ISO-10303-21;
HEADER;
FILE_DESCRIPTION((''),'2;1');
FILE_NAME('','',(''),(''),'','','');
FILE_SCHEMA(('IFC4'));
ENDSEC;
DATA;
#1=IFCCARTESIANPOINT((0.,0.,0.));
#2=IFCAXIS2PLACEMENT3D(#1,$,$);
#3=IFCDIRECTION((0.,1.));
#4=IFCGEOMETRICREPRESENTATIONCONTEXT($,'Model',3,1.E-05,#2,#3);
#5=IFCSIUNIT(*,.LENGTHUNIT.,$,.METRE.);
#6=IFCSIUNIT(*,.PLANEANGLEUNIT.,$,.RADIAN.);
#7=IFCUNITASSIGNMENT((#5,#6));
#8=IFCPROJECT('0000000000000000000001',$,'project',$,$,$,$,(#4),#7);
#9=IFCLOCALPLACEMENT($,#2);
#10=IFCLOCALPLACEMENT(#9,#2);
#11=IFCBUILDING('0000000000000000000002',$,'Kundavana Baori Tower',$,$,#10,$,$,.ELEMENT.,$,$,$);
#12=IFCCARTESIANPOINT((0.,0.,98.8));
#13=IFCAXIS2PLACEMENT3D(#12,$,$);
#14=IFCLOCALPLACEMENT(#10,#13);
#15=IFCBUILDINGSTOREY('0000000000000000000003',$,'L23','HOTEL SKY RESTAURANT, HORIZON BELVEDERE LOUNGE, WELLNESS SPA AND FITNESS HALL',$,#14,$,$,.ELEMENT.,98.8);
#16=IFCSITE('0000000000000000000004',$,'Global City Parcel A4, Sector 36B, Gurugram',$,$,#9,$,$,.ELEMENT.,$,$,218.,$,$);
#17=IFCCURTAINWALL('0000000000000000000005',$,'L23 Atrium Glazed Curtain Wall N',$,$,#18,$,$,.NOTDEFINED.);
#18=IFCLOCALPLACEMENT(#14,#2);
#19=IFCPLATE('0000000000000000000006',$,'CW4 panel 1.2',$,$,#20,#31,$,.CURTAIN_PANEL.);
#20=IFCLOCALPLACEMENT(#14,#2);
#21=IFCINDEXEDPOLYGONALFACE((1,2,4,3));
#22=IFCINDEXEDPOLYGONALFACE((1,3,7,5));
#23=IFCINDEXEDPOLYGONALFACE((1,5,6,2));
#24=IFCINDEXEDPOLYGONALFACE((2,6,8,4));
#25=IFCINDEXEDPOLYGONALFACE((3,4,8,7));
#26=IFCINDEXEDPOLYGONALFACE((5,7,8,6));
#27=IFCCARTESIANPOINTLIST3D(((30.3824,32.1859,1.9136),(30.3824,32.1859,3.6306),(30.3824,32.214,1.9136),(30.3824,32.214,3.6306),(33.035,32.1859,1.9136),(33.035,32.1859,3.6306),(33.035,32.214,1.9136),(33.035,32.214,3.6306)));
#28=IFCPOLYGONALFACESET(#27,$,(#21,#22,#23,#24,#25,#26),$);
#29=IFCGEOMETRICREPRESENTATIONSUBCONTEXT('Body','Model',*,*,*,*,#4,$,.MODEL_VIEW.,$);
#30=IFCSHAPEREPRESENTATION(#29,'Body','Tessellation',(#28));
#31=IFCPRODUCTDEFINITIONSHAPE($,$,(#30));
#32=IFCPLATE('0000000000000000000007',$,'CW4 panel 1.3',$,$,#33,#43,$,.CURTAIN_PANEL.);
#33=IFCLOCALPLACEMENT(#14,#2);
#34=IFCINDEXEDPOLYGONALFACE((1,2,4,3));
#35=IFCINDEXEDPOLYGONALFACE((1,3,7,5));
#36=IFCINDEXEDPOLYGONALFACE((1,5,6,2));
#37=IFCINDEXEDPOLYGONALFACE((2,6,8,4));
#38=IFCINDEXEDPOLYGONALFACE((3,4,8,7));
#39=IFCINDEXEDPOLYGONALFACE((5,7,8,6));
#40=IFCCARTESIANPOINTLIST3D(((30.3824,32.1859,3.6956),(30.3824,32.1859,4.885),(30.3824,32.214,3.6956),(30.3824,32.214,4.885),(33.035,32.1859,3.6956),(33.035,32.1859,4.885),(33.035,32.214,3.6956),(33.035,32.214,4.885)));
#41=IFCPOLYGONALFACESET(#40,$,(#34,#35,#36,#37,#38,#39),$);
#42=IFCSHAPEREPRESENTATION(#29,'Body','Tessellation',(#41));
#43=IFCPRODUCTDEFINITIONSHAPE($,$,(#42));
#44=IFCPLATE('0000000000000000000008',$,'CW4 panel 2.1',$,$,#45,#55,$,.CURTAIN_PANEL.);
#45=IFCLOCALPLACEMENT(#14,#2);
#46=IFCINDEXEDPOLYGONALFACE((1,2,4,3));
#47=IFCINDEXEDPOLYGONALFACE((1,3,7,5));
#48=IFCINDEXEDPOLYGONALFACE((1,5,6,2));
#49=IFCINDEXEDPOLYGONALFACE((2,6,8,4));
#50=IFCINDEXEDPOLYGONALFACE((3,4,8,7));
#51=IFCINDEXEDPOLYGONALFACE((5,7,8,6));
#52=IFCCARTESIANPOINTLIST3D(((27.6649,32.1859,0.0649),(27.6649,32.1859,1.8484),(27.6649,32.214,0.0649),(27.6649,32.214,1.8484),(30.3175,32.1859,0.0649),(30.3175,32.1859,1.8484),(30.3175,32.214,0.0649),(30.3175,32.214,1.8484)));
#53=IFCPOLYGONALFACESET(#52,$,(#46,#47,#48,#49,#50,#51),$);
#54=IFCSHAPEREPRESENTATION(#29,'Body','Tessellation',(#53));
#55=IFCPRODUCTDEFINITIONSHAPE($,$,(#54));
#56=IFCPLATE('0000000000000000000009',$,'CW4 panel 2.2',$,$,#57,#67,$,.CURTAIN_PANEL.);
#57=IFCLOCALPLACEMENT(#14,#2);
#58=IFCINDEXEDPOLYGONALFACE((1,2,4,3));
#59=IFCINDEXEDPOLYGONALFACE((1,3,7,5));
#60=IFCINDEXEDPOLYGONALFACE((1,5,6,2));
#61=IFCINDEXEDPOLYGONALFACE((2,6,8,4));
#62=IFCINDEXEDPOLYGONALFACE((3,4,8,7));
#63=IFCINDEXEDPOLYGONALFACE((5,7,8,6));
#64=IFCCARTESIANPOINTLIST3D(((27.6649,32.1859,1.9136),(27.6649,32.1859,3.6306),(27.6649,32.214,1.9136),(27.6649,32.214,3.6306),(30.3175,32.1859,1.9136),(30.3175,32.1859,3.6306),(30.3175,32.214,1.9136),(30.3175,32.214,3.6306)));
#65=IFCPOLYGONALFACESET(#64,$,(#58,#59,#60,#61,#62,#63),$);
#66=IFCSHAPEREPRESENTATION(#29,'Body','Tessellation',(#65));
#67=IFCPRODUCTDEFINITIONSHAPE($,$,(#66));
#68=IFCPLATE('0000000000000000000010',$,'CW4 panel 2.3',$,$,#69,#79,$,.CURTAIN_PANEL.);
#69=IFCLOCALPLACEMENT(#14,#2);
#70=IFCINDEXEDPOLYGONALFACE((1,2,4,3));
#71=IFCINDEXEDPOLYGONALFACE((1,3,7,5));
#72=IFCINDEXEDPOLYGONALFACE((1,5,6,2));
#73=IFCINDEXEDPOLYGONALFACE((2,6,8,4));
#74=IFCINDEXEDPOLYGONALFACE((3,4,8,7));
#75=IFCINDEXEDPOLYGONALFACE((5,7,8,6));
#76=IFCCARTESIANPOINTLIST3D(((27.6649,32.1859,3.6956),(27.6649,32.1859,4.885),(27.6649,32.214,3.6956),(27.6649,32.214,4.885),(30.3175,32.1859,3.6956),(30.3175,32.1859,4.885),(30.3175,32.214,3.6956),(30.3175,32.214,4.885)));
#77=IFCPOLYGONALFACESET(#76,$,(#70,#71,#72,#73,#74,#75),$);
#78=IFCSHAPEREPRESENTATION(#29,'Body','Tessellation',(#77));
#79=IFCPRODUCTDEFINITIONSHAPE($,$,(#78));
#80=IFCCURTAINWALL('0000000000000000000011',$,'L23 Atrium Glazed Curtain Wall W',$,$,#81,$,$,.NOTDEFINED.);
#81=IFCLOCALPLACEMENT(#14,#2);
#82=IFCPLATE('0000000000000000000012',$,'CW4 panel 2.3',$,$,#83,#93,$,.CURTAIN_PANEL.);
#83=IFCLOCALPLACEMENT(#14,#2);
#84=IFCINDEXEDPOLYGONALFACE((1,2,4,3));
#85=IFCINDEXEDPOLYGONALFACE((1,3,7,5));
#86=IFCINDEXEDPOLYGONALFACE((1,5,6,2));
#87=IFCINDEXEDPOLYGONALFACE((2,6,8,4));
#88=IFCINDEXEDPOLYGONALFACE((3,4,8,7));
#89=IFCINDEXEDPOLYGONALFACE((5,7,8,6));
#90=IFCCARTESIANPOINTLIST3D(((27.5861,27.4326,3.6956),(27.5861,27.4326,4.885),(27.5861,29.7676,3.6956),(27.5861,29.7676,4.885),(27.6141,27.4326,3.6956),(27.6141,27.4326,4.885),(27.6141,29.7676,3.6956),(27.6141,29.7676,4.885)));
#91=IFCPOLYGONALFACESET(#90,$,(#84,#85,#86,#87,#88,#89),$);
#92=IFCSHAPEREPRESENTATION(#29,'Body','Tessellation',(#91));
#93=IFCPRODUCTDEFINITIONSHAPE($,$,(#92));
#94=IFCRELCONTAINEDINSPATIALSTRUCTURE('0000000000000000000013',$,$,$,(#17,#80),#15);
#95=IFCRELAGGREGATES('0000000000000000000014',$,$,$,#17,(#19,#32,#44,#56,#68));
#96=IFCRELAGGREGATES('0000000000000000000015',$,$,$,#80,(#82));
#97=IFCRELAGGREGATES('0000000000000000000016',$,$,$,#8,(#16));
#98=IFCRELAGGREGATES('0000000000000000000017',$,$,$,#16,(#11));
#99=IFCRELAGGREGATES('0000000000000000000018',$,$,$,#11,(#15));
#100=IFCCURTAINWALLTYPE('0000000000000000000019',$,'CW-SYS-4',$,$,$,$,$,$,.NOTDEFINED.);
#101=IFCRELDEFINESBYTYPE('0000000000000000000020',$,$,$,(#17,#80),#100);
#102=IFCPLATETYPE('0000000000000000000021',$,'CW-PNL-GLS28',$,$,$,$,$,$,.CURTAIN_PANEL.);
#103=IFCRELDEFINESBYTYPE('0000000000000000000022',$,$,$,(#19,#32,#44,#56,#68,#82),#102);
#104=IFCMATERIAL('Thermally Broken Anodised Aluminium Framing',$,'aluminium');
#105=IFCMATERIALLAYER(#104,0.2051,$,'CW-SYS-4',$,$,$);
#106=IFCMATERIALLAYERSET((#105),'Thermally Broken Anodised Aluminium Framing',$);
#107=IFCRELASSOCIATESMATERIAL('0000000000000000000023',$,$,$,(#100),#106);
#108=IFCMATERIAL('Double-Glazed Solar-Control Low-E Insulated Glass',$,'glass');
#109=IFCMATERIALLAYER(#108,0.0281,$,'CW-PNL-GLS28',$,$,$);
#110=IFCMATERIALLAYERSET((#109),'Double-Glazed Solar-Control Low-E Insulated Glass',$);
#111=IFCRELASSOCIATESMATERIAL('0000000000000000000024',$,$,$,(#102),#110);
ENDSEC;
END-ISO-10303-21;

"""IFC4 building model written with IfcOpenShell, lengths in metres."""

from ifc_helpers import new_model, si_unit, direction, frame, origin, origin_2d, place, context, subcontext, project, spatial, rectangle, extrude, material, layer, layer_set, type_object, element, aggregate, save


model = new_model("IFC4")

# Units and contexts
model_context = context("Model", 3, precision=1e-05, world=origin(), true_north=direction((0.0, 1.0)))
body_context = subcontext(model_context, "Body", "Model", "MODEL_VIEW")
ifc_project = project(units=[si_unit("LENGTHUNIT", "METRE"), si_unit("PLANEANGLEUNIT", "RADIAN")], contexts=[model_context])

# Site, building, storey
site_placement = place(None, origin())
site = spatial("IfcSite", under=ifc_project, at=site_placement, Name="Global City Parcel A4, Sector 36B, Gurugram", CompositionType="ELEMENT", RefElevation=218.0)
building_placement = place(site_placement, origin())
building = spatial("IfcBuilding", under=site, at=building_placement, Name="Kundavana Baori Tower", CompositionType="ELEMENT")
storey_placement = place(building_placement, frame((0.0, 0.0, 98.8)))
storey = spatial("IfcBuildingStorey", under=building, at=storey_placement, Name="L23", Description="HOTEL SKY RESTAURANT, HORIZON BELVEDERE LOUNGE, WELLNESS SPA AND FITNESS HALL", CompositionType="ELEMENT", Elevation=98.8)

# Curtain wall
ifc_material_1 = material(Name="Thermally Broken Anodised Aluminium Framing", Category="aluminium")
ifc_layer_1 = layer(ifc_material_1, 0.2051, Name="CW-SYS-4")
ifc_layer_set_1 = layer_set([ifc_layer_1], Name="Thermally Broken Anodised Aluminium Framing")
curtain_wall_type = type_object("IfcCurtainWallType", Name="CW-SYS-4", PredefinedType="NOTDEFINED", material=ifc_layer_set_1)
curtain_wall_1_placement = place(storey_placement, origin())
curtain_wall_1 = element("IfcCurtainWall", 1, at=curtain_wall_1_placement, inside=storey, type_object=curtain_wall_type, Name="L23 Atrium Glazed Curtain Wall N", PredefinedType="NOTDEFINED")

# Plates
ifc_material_2 = material(Name="Double-Glazed Solar-Control Low-E Insulated Glass", Category="glass")
ifc_layer_2 = layer(ifc_material_2, 0.0281, Name="CW-PNL-GLS28")
ifc_layer_set_2 = layer_set([ifc_layer_2], Name="Double-Glazed Solar-Control Low-E Insulated Glass")
plate_type = type_object("IfcPlateType", Name="CW-PNL-GLS28", PredefinedType="CURTAIN_PANEL", material=ifc_layer_set_2)
plate_1_placement = place(storey_placement, frame((31.7087, 32.2, 1.9136), z_axis=(0.0, 0.0, 1.0), x_axis=(-1.0, 0.0, 0.0)))
plate_1 = element("IfcPlate", 2, at=plate_1_placement, type_object=plate_type, Name="CW4 panel 1.2", PredefinedType="CURTAIN_PANEL", context=body_context, shape_type="SweptSolid", body=[
    extrude(rectangle(XDim=2.6526, YDim=0.0281, at=origin_2d()), origin(), (0.0, 0.0, 1.0), 1.717),
])
plate_2_placement = place(storey_placement, frame((31.7087, 32.2, 3.6956), z_axis=(0.0, 0.0, 1.0), x_axis=(-1.0, 0.0, 0.0)))
plate_2 = element("IfcPlate", 3, at=plate_2_placement, type_object=plate_type, Name="CW4 panel 1.3", PredefinedType="CURTAIN_PANEL", context=body_context, shape_type="SweptSolid", body=[
    extrude(rectangle(XDim=2.6526, YDim=0.0281, at=origin_2d()), origin(), (0.0, 0.0, 1.0), 1.1895),
])
plate_3_placement = place(storey_placement, frame((28.9912, 32.2, 0.0649), z_axis=(0.0, 0.0, 1.0), x_axis=(-1.0, 0.0, 0.0)))
plate_3 = element("IfcPlate", 4, at=plate_3_placement, type_object=plate_type, Name="CW4 panel 2.1", PredefinedType="CURTAIN_PANEL", context=body_context, shape_type="SweptSolid", body=[
    extrude(rectangle(XDim=2.6526, YDim=0.0281, at=origin_2d()), origin(), (0.0, 0.0, 1.0), 1.7834),
])
plate_4_placement = place(storey_placement, frame((28.9912, 32.2, 1.9136), z_axis=(0.0, 0.0, 1.0), x_axis=(-1.0, 0.0, 0.0)))
plate_4 = element("IfcPlate", 5, at=plate_4_placement, type_object=plate_type, Name="CW4 panel 2.2", PredefinedType="CURTAIN_PANEL", context=body_context, shape_type="SweptSolid", body=[
    extrude(rectangle(XDim=2.6526, YDim=0.0281, at=origin_2d()), origin(), (0.0, 0.0, 1.0), 1.717),
])
plate_5_placement = place(storey_placement, frame((28.9912, 32.2, 3.6956), z_axis=(0.0, 0.0, 1.0), x_axis=(-1.0, 0.0, 0.0)))
plate_5 = element("IfcPlate", 6, at=plate_5_placement, type_object=plate_type, Name="CW4 panel 2.3", PredefinedType="CURTAIN_PANEL", context=body_context, shape_type="SweptSolid", body=[
    extrude(rectangle(XDim=2.6526, YDim=0.0281, at=origin_2d()), origin(), (0.0, 0.0, 1.0), 1.1895),
])
aggregate(curtain_wall_1, [plate_1, plate_2, plate_3, plate_4, plate_5])

# Curtain wall, plate
curtain_wall_2_placement = place(storey_placement, origin())
curtain_wall_2 = element("IfcCurtainWall", 7, at=curtain_wall_2_placement, inside=storey, type_object=curtain_wall_type, Name="L23 Atrium Glazed Curtain Wall W", PredefinedType="NOTDEFINED")
plate_6_placement = place(storey_placement, frame((27.6001, 28.6001, 3.6956), z_axis=(0.0, 0.0, 1.0), x_axis=(0.0, -1.0, 0.0)))
plate_6 = element("IfcPlate", 8, at=plate_6_placement, type_object=plate_type, Name="CW4 panel 2.3", PredefinedType="CURTAIN_PANEL", context=body_context, shape_type="SweptSolid", body=[
    extrude(rectangle(XDim=2.335, YDim=0.0281, at=origin_2d()), origin(), (0.0, 0.0, 1.0), 1.1895),
])
aggregate(curtain_wall_2, [plate_6])

save(model, "model.ifc")
